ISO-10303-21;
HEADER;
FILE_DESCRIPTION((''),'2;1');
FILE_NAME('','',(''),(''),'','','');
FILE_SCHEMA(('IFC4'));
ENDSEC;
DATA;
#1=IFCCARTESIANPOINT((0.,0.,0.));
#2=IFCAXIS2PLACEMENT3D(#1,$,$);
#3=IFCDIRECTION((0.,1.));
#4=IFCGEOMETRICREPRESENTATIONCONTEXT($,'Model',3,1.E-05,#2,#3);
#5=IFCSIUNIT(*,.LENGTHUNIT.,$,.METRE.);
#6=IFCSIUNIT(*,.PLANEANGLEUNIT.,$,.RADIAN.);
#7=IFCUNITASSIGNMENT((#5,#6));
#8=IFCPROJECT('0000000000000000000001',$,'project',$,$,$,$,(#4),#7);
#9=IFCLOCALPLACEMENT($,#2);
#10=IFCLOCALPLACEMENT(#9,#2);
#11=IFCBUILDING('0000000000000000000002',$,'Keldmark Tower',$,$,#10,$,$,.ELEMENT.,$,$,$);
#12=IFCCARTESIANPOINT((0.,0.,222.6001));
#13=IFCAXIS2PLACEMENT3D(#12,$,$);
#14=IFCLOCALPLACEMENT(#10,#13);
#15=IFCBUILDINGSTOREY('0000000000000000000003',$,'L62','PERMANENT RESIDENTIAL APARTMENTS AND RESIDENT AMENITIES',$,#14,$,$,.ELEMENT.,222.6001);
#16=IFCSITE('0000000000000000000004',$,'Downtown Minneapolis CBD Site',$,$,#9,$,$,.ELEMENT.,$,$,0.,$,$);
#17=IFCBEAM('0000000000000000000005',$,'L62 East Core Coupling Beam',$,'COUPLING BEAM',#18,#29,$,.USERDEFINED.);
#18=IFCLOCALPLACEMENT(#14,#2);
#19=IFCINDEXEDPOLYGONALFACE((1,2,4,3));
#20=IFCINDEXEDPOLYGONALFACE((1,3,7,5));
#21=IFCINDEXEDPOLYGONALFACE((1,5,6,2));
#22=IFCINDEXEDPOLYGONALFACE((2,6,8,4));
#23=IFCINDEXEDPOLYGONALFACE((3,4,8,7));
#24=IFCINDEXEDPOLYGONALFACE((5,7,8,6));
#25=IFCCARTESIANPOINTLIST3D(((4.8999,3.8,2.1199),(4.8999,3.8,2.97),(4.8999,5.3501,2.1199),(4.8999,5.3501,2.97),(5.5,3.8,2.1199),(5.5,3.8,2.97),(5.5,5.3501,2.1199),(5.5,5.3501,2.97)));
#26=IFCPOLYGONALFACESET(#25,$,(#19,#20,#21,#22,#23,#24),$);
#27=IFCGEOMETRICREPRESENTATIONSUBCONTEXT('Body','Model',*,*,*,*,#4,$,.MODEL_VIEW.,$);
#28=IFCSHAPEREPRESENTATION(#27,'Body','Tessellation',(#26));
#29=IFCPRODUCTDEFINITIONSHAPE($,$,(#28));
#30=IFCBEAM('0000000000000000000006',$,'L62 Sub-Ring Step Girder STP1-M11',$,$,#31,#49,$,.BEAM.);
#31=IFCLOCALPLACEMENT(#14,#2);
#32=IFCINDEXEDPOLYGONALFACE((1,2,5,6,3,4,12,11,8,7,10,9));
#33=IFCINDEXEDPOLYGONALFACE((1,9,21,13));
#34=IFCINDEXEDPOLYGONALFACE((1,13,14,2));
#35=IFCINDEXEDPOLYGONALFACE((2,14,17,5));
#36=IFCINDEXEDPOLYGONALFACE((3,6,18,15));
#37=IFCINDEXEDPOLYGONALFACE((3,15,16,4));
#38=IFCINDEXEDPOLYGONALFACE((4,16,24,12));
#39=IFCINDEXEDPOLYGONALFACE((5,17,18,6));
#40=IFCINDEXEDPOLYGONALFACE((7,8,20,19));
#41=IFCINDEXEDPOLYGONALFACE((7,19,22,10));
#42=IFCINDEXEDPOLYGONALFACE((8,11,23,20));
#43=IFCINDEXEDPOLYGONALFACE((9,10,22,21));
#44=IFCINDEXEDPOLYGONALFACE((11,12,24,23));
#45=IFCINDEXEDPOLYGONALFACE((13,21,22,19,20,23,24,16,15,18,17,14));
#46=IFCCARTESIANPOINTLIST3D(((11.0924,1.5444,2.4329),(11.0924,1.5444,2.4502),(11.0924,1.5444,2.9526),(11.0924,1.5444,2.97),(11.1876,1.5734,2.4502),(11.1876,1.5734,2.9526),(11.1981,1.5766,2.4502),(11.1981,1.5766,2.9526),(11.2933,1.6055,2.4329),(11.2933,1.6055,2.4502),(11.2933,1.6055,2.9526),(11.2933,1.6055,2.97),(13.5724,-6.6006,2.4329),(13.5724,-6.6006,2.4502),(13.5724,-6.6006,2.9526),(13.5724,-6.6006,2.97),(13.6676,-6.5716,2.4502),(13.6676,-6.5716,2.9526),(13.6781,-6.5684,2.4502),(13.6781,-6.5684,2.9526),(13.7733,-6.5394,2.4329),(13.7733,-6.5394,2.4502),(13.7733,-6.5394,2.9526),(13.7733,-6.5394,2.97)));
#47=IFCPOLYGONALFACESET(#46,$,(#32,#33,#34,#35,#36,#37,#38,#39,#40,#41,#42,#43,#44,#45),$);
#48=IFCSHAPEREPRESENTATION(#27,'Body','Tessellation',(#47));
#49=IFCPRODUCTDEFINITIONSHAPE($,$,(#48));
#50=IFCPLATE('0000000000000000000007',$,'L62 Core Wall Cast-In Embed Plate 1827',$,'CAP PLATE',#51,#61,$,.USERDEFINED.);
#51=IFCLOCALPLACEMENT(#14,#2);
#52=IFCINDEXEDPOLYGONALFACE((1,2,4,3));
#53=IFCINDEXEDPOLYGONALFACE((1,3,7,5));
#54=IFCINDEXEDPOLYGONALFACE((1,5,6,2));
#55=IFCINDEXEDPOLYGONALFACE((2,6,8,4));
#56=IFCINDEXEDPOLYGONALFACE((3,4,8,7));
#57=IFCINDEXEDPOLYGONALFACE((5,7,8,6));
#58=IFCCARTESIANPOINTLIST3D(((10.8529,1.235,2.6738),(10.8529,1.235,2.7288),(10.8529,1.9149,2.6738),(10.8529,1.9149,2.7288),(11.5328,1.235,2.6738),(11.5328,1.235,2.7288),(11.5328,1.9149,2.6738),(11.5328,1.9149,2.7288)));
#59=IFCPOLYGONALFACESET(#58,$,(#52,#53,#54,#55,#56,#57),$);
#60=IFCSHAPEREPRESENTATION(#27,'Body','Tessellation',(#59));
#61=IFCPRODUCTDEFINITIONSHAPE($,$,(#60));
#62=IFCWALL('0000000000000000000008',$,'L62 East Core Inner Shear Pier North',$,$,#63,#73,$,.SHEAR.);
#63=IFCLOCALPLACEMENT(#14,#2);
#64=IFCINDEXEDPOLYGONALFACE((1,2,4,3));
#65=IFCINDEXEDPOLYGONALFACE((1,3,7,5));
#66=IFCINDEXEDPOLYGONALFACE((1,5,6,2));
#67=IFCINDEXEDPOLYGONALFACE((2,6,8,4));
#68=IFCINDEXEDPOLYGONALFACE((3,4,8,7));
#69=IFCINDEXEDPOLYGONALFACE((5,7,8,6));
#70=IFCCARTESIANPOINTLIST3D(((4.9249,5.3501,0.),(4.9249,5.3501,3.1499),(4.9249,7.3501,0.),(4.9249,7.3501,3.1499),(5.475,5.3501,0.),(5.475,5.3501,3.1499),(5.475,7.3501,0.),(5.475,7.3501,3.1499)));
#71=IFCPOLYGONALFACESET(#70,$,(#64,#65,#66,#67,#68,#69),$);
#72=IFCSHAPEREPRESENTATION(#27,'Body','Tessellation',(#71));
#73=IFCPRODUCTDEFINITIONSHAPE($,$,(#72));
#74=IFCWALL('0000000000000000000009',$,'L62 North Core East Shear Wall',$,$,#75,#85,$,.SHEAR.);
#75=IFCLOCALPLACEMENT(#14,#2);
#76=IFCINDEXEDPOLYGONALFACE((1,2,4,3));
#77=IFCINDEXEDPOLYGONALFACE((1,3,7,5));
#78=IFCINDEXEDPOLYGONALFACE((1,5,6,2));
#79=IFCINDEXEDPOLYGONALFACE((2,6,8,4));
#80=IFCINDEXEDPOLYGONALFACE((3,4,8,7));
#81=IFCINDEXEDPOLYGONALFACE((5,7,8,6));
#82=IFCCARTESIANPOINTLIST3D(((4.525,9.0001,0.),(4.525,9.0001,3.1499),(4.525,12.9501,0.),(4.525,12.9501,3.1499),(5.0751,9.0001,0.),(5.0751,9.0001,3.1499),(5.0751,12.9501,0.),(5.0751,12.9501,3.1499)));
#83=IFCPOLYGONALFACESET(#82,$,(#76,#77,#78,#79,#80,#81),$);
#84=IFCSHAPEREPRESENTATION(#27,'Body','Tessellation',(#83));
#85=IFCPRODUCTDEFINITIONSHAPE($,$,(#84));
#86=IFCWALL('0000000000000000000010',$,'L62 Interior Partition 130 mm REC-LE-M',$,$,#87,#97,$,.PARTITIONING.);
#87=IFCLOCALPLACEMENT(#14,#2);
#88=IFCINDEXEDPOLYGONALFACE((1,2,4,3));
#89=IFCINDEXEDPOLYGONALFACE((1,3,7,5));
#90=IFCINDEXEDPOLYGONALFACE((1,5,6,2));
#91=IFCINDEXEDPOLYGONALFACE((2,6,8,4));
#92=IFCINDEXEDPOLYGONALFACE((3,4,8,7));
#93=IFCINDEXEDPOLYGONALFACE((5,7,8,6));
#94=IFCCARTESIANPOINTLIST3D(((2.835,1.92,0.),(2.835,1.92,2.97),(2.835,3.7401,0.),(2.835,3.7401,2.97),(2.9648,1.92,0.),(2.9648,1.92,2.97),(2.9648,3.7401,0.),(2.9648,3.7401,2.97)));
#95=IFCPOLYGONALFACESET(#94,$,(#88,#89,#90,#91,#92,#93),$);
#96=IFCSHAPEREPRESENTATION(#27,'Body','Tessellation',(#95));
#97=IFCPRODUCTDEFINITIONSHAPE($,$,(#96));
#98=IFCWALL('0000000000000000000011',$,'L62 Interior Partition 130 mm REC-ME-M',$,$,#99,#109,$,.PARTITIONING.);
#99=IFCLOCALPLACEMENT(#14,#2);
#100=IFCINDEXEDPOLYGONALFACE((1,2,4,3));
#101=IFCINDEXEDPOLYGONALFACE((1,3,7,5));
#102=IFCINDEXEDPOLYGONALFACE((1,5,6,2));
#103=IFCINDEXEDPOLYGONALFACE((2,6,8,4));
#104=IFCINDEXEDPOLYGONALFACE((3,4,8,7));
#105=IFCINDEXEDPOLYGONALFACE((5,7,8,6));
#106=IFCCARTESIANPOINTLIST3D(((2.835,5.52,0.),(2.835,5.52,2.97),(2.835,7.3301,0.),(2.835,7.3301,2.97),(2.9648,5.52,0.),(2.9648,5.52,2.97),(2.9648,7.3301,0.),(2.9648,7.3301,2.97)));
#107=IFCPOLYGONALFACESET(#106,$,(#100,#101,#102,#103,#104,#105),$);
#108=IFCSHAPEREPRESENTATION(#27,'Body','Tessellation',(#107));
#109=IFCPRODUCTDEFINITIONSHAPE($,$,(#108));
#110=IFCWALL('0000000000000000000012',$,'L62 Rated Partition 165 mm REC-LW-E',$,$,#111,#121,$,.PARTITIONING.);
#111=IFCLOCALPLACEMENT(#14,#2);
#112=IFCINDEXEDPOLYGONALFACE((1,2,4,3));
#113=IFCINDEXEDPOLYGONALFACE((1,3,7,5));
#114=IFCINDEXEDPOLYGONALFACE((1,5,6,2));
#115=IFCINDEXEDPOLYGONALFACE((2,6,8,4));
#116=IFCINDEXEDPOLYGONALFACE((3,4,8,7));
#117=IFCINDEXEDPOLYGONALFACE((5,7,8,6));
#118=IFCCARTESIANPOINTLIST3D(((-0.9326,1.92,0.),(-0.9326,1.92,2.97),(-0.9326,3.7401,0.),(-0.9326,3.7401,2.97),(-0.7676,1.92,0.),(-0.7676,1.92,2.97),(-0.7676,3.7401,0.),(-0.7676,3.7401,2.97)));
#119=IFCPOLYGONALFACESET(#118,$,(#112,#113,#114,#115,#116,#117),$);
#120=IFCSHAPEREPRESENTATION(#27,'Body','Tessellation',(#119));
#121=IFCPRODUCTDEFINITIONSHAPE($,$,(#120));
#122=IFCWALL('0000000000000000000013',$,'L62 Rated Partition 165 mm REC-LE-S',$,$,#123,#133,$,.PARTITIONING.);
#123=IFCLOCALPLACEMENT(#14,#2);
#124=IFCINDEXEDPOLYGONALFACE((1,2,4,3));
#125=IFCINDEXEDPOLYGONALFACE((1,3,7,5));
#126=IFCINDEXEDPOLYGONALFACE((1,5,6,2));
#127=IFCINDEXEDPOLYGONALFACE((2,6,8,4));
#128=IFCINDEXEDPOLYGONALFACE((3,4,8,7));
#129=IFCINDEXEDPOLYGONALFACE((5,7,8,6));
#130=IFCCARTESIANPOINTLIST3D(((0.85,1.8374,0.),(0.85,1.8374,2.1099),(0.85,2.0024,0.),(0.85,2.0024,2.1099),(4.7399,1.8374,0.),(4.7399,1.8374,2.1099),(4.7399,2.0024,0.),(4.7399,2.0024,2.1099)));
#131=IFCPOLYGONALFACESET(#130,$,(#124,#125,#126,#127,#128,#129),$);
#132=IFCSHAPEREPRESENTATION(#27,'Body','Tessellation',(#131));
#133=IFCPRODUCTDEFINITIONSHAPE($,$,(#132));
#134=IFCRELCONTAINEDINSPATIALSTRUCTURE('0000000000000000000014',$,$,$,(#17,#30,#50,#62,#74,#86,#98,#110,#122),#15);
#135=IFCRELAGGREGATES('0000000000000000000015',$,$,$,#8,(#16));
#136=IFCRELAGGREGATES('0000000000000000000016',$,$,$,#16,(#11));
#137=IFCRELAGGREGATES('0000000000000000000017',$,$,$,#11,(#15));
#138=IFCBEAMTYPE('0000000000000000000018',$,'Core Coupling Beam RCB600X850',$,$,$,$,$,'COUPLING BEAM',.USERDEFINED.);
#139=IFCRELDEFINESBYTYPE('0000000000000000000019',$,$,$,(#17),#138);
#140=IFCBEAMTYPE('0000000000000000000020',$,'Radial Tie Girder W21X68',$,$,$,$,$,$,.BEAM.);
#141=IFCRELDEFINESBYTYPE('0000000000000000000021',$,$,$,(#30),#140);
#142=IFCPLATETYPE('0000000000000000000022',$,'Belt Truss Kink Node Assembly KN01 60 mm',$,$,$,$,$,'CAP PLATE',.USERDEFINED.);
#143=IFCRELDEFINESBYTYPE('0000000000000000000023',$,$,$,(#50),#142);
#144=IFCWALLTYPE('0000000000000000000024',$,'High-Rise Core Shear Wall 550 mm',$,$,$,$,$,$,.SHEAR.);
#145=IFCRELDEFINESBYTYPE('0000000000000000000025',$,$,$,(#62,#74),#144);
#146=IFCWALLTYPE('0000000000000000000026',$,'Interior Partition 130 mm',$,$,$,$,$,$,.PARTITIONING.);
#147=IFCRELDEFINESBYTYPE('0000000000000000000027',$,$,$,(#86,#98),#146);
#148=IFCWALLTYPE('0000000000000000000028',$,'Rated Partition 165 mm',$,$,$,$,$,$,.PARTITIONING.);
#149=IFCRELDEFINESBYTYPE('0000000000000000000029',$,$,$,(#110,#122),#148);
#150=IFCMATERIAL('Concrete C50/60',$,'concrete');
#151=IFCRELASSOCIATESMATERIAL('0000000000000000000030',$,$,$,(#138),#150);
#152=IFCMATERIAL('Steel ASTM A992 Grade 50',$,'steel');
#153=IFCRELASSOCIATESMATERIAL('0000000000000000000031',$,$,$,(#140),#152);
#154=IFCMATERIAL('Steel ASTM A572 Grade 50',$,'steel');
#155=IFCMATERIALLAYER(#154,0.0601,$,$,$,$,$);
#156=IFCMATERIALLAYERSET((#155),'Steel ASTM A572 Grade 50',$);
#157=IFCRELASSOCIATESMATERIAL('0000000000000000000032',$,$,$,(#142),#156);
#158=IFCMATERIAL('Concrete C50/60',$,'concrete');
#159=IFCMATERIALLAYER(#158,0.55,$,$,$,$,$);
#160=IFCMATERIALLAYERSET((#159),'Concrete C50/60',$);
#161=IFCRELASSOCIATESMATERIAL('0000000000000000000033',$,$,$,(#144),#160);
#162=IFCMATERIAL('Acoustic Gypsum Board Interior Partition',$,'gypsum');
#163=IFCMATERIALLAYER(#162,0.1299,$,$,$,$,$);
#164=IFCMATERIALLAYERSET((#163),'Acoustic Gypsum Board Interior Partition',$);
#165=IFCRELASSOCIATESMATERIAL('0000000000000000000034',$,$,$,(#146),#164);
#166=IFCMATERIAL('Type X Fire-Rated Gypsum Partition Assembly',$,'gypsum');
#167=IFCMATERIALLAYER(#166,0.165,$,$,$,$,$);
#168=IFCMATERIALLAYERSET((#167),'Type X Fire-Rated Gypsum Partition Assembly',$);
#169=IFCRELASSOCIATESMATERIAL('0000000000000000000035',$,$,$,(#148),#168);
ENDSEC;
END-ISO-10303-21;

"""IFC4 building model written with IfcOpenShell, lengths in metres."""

from ifc_helpers import new_model, si_unit, direction, frame, frame_2d, origin, origin_2d, place, context, subcontext, project, spatial, rectangle, i_section, extrude, material, layer, layer_set, material_profile, profile_set, type_object, element, save


model = new_model("IFC4")

# Units and contexts
model_context = context("Model", 3, precision=1e-05, world=origin(), true_north=direction((0.0, 1.0)))
body_context = subcontext(model_context, "Body", "Model", "MODEL_VIEW")
ifc_project = project(units=[si_unit("LENGTHUNIT", "METRE"), si_unit("PLANEANGLEUNIT", "RADIAN")], contexts=[model_context])

# Site, building, storey
site_placement = place(None, origin())
site = spatial("IfcSite", under=ifc_project, at=site_placement, Name="Downtown Minneapolis CBD Site", CompositionType="ELEMENT", RefElevation=0.0)
building_placement = place(site_placement, origin())
building = spatial("IfcBuilding", under=site, at=building_placement, Name="Keldmark Tower", CompositionType="ELEMENT")
storey_placement = place(building_placement, frame((0.0, 0.0, 222.6001)))
storey = spatial("IfcBuildingStorey", under=building, at=storey_placement, Name="L62", Description="PERMANENT RESIDENTIAL APARTMENTS AND RESIDENT AMENITIES", CompositionType="ELEMENT", Elevation=222.6001)

# Beams
ifc_material_1 = material(Name="Concrete C50/60", Category="concrete")
ifc_material_profile_1 = material_profile(ifc_material_1, rectangle(XDim=0.6001, YDim=0.8501, at=origin_2d()), Name="RCB600X850")
ifc_profile_set_1 = profile_set([ifc_material_profile_1], Name="Concrete C50/60")
beam_type_1 = type_object("IfcBeamType", Name="Core Coupling Beam RCB600X850", ElementType="COUPLING BEAM", PredefinedType="USERDEFINED", material=ifc_profile_set_1)
beam_1_placement = place(storey_placement, frame((5.2, 3.8, 2.5449), z_axis=(0.0, 1.0, 0.0), x_axis=(-1.0, 0.0, 0.0)))
element("IfcBeam", 1, at=beam_1_placement, inside=storey, type_object=beam_type_1, Name="L62 East Core Coupling Beam", ObjectType="COUPLING BEAM", PredefinedType="USERDEFINED", context=body_context, shape_type="SweptSolid", body=[
    extrude(rectangle(XDim=0.6001, YDim=0.8501, at=origin_2d()), origin(), (0.0, 0.0, 1.0), 1.55),
])
ifc_material_2 = material(Name="Steel ASTM A992 Grade 50", Category="steel")
ifc_material_profile_2 = material_profile(ifc_material_2, i_section(OverallWidth=0.21, OverallDepth=0.5371, WebThickness=0.011, FlangeThickness=0.0173, at=origin_2d()), Name="W21X68")
ifc_profile_set_2 = profile_set([ifc_material_profile_2], Name="Steel ASTM A992 Grade 50")
beam_type_2 = type_object("IfcBeamType", Name="Radial Tie Girder W21X68", PredefinedType="BEAM", material=ifc_profile_set_2)
beam_2_placement = place(storey_placement, frame((11.1929, 1.575, 2.7014), z_axis=(0.291276, -0.956639, 0.0), x_axis=(0.956639, 0.291276, 0.0)))
element("IfcBeam", 2, at=beam_2_placement, inside=storey, type_object=beam_type_2, Name="L62 Sub-Ring Step Girder STP1-M11", PredefinedType="BEAM", context=body_context, shape_type="SweptSolid", body=[
    extrude(i_section(OverallWidth=0.21, OverallDepth=0.5371, WebThickness=0.011, FlangeThickness=0.0173, at=origin_2d()), origin(), (0.0, 0.0, 1.0), 8.5142),
])

# Plate
ifc_material_3 = material(Name="Steel ASTM A572 Grade 50", Category="steel")
ifc_layer_1 = layer(ifc_material_3, 0.0601)
ifc_layer_set_1 = layer_set([ifc_layer_1], Name="Steel ASTM A572 Grade 50")
plate_type = type_object("IfcPlateType", Name="Belt Truss Kink Node Assembly KN01 60 mm", ElementType="CAP PLATE", PredefinedType="USERDEFINED", material=ifc_layer_set_1)
plate_placement = place(storey_placement, frame((11.1929, 1.575, 2.6738), z_axis=(0.0, 0.0, 1.0), x_axis=(1.0, 0.0, 0.0)))
element("IfcPlate", 3, at=plate_placement, inside=storey, type_object=plate_type, Name="L62 Core Wall Cast-In Embed Plate 1827", ObjectType="CAP PLATE", PredefinedType="USERDEFINED", context=body_context, shape_type="SweptSolid", body=[
    extrude(rectangle(XDim=0.6799, YDim=0.6799, at=origin_2d()), origin(), (0.0, 0.0, 1.0), 0.0549),
])

# Walls
ifc_material_4 = material(Name="Concrete C50/60", Category="concrete")
ifc_layer_2 = layer(ifc_material_4, 0.55)
ifc_layer_set_2 = layer_set([ifc_layer_2], Name="Concrete C50/60")
wall_type_1 = type_object("IfcWallType", Name="High-Rise Core Shear Wall 550 mm", PredefinedType="SHEAR", material=ifc_layer_set_2)
wall_1_placement = place(storey_placement, frame((5.2, 5.3501, 0.0), z_axis=(0.0, 0.0, 1.0), x_axis=(0.0, 1.0, 0.0)))
element("IfcWall", 4, at=wall_1_placement, inside=storey, type_object=wall_type_1, Name="L62 East Core Inner Shear Pier North", PredefinedType="SHEAR", context=body_context, shape_type="SweptSolid", body=[
    extrude(rectangle(XDim=2.0, YDim=0.55, at=frame_2d((1.0, 0.0))), origin(), (0.0, 0.0, 1.0), 3.1499),
])
wall_2_placement = place(storey_placement, frame((4.8, 9.0, 0.0), z_axis=(0.0, 0.0, 1.0), x_axis=(0.0, 1.0, 0.0)))
element("IfcWall", 5, at=wall_2_placement, inside=storey, type_object=wall_type_1, Name="L62 North Core East Shear Wall", PredefinedType="SHEAR", context=body_context, shape_type="SweptSolid", body=[
    extrude(rectangle(XDim=3.95, YDim=0.55, at=frame_2d((1.9751, 0.0))), origin(), (0.0, 0.0, 1.0), 3.1499),
])
ifc_material_5 = material(Name="Acoustic Gypsum Board Interior Partition", Category="gypsum")
ifc_layer_3 = layer(ifc_material_5, 0.1299)
ifc_layer_set_3 = layer_set([ifc_layer_3], Name="Acoustic Gypsum Board Interior Partition")
wall_type_2 = type_object("IfcWallType", Name="Interior Partition 130 mm", PredefinedType="PARTITIONING", material=ifc_layer_set_3)
wall_3_placement = place(storey_placement, frame((2.8999, 1.9199, 0.0), z_axis=(0.0, 0.0, 1.0), x_axis=(0.0, 1.0, 0.0)))
element("IfcWall", 6, at=wall_3_placement, inside=storey, type_object=wall_type_2, Name="L62 Interior Partition 130 mm REC-LE-M", PredefinedType="PARTITIONING", context=body_context, shape_type="SweptSolid", body=[
    extrude(rectangle(XDim=1.8201, YDim=0.1299, at=frame_2d((0.9102, 0.0))), origin(), (0.0, 0.0, 1.0), 2.97),
])
wall_4_placement = place(storey_placement, frame((2.8999, 5.52, 0.0), z_axis=(0.0, 0.0, 1.0), x_axis=(0.0, 1.0, 0.0)))
element("IfcWall", 7, at=wall_4_placement, inside=storey, type_object=wall_type_2, Name="L62 Interior Partition 130 mm REC-ME-M", PredefinedType="PARTITIONING", context=body_context, shape_type="SweptSolid", body=[
    extrude(rectangle(XDim=1.8101, YDim=0.1299, at=frame_2d((0.905, 0.0))), origin(), (0.0, 0.0, 1.0), 2.97),
])
ifc_material_6 = material(Name="Type X Fire-Rated Gypsum Partition Assembly", Category="gypsum")
ifc_layer_4 = layer(ifc_material_6, 0.165)
ifc_layer_set_4 = layer_set([ifc_layer_4], Name="Type X Fire-Rated Gypsum Partition Assembly")
wall_type_3 = type_object("IfcWallType", Name="Rated Partition 165 mm", PredefinedType="PARTITIONING", material=ifc_layer_set_4)
wall_5_placement = place(storey_placement, frame((-0.8501, 1.9199, 0.0), z_axis=(0.0, 0.0, 1.0), x_axis=(0.0, 1.0, 0.0)))
element("IfcWall", 8, at=wall_5_placement, inside=storey, type_object=wall_type_3, Name="L62 Rated Partition 165 mm REC-LW-E", PredefinedType="PARTITIONING", context=body_context, shape_type="SweptSolid", body=[
    extrude(rectangle(XDim=1.8201, YDim=0.165, at=frame_2d((0.9102, 0.0))), origin(), (0.0, 0.0, 1.0), 2.97),
])
wall_6_placement = place(storey_placement, frame((0.8501, 1.9199, 0.0), z_axis=(0.0, 0.0, 1.0), x_axis=(1.0, 0.0, 0.0)))
element("IfcWall", 9, at=wall_6_placement, inside=storey, type_object=wall_type_3, Name="L62 Rated Partition 165 mm REC-LE-S", PredefinedType="PARTITIONING", context=body_context, shape_type="SweptSolid", body=[
    extrude(rectangle(XDim=3.8899, YDim=0.165, at=frame_2d((1.9448, 0.0))), origin(), (0.0, 0.0, 1.0), 2.1099),
])

save(model, "model.ifc")
